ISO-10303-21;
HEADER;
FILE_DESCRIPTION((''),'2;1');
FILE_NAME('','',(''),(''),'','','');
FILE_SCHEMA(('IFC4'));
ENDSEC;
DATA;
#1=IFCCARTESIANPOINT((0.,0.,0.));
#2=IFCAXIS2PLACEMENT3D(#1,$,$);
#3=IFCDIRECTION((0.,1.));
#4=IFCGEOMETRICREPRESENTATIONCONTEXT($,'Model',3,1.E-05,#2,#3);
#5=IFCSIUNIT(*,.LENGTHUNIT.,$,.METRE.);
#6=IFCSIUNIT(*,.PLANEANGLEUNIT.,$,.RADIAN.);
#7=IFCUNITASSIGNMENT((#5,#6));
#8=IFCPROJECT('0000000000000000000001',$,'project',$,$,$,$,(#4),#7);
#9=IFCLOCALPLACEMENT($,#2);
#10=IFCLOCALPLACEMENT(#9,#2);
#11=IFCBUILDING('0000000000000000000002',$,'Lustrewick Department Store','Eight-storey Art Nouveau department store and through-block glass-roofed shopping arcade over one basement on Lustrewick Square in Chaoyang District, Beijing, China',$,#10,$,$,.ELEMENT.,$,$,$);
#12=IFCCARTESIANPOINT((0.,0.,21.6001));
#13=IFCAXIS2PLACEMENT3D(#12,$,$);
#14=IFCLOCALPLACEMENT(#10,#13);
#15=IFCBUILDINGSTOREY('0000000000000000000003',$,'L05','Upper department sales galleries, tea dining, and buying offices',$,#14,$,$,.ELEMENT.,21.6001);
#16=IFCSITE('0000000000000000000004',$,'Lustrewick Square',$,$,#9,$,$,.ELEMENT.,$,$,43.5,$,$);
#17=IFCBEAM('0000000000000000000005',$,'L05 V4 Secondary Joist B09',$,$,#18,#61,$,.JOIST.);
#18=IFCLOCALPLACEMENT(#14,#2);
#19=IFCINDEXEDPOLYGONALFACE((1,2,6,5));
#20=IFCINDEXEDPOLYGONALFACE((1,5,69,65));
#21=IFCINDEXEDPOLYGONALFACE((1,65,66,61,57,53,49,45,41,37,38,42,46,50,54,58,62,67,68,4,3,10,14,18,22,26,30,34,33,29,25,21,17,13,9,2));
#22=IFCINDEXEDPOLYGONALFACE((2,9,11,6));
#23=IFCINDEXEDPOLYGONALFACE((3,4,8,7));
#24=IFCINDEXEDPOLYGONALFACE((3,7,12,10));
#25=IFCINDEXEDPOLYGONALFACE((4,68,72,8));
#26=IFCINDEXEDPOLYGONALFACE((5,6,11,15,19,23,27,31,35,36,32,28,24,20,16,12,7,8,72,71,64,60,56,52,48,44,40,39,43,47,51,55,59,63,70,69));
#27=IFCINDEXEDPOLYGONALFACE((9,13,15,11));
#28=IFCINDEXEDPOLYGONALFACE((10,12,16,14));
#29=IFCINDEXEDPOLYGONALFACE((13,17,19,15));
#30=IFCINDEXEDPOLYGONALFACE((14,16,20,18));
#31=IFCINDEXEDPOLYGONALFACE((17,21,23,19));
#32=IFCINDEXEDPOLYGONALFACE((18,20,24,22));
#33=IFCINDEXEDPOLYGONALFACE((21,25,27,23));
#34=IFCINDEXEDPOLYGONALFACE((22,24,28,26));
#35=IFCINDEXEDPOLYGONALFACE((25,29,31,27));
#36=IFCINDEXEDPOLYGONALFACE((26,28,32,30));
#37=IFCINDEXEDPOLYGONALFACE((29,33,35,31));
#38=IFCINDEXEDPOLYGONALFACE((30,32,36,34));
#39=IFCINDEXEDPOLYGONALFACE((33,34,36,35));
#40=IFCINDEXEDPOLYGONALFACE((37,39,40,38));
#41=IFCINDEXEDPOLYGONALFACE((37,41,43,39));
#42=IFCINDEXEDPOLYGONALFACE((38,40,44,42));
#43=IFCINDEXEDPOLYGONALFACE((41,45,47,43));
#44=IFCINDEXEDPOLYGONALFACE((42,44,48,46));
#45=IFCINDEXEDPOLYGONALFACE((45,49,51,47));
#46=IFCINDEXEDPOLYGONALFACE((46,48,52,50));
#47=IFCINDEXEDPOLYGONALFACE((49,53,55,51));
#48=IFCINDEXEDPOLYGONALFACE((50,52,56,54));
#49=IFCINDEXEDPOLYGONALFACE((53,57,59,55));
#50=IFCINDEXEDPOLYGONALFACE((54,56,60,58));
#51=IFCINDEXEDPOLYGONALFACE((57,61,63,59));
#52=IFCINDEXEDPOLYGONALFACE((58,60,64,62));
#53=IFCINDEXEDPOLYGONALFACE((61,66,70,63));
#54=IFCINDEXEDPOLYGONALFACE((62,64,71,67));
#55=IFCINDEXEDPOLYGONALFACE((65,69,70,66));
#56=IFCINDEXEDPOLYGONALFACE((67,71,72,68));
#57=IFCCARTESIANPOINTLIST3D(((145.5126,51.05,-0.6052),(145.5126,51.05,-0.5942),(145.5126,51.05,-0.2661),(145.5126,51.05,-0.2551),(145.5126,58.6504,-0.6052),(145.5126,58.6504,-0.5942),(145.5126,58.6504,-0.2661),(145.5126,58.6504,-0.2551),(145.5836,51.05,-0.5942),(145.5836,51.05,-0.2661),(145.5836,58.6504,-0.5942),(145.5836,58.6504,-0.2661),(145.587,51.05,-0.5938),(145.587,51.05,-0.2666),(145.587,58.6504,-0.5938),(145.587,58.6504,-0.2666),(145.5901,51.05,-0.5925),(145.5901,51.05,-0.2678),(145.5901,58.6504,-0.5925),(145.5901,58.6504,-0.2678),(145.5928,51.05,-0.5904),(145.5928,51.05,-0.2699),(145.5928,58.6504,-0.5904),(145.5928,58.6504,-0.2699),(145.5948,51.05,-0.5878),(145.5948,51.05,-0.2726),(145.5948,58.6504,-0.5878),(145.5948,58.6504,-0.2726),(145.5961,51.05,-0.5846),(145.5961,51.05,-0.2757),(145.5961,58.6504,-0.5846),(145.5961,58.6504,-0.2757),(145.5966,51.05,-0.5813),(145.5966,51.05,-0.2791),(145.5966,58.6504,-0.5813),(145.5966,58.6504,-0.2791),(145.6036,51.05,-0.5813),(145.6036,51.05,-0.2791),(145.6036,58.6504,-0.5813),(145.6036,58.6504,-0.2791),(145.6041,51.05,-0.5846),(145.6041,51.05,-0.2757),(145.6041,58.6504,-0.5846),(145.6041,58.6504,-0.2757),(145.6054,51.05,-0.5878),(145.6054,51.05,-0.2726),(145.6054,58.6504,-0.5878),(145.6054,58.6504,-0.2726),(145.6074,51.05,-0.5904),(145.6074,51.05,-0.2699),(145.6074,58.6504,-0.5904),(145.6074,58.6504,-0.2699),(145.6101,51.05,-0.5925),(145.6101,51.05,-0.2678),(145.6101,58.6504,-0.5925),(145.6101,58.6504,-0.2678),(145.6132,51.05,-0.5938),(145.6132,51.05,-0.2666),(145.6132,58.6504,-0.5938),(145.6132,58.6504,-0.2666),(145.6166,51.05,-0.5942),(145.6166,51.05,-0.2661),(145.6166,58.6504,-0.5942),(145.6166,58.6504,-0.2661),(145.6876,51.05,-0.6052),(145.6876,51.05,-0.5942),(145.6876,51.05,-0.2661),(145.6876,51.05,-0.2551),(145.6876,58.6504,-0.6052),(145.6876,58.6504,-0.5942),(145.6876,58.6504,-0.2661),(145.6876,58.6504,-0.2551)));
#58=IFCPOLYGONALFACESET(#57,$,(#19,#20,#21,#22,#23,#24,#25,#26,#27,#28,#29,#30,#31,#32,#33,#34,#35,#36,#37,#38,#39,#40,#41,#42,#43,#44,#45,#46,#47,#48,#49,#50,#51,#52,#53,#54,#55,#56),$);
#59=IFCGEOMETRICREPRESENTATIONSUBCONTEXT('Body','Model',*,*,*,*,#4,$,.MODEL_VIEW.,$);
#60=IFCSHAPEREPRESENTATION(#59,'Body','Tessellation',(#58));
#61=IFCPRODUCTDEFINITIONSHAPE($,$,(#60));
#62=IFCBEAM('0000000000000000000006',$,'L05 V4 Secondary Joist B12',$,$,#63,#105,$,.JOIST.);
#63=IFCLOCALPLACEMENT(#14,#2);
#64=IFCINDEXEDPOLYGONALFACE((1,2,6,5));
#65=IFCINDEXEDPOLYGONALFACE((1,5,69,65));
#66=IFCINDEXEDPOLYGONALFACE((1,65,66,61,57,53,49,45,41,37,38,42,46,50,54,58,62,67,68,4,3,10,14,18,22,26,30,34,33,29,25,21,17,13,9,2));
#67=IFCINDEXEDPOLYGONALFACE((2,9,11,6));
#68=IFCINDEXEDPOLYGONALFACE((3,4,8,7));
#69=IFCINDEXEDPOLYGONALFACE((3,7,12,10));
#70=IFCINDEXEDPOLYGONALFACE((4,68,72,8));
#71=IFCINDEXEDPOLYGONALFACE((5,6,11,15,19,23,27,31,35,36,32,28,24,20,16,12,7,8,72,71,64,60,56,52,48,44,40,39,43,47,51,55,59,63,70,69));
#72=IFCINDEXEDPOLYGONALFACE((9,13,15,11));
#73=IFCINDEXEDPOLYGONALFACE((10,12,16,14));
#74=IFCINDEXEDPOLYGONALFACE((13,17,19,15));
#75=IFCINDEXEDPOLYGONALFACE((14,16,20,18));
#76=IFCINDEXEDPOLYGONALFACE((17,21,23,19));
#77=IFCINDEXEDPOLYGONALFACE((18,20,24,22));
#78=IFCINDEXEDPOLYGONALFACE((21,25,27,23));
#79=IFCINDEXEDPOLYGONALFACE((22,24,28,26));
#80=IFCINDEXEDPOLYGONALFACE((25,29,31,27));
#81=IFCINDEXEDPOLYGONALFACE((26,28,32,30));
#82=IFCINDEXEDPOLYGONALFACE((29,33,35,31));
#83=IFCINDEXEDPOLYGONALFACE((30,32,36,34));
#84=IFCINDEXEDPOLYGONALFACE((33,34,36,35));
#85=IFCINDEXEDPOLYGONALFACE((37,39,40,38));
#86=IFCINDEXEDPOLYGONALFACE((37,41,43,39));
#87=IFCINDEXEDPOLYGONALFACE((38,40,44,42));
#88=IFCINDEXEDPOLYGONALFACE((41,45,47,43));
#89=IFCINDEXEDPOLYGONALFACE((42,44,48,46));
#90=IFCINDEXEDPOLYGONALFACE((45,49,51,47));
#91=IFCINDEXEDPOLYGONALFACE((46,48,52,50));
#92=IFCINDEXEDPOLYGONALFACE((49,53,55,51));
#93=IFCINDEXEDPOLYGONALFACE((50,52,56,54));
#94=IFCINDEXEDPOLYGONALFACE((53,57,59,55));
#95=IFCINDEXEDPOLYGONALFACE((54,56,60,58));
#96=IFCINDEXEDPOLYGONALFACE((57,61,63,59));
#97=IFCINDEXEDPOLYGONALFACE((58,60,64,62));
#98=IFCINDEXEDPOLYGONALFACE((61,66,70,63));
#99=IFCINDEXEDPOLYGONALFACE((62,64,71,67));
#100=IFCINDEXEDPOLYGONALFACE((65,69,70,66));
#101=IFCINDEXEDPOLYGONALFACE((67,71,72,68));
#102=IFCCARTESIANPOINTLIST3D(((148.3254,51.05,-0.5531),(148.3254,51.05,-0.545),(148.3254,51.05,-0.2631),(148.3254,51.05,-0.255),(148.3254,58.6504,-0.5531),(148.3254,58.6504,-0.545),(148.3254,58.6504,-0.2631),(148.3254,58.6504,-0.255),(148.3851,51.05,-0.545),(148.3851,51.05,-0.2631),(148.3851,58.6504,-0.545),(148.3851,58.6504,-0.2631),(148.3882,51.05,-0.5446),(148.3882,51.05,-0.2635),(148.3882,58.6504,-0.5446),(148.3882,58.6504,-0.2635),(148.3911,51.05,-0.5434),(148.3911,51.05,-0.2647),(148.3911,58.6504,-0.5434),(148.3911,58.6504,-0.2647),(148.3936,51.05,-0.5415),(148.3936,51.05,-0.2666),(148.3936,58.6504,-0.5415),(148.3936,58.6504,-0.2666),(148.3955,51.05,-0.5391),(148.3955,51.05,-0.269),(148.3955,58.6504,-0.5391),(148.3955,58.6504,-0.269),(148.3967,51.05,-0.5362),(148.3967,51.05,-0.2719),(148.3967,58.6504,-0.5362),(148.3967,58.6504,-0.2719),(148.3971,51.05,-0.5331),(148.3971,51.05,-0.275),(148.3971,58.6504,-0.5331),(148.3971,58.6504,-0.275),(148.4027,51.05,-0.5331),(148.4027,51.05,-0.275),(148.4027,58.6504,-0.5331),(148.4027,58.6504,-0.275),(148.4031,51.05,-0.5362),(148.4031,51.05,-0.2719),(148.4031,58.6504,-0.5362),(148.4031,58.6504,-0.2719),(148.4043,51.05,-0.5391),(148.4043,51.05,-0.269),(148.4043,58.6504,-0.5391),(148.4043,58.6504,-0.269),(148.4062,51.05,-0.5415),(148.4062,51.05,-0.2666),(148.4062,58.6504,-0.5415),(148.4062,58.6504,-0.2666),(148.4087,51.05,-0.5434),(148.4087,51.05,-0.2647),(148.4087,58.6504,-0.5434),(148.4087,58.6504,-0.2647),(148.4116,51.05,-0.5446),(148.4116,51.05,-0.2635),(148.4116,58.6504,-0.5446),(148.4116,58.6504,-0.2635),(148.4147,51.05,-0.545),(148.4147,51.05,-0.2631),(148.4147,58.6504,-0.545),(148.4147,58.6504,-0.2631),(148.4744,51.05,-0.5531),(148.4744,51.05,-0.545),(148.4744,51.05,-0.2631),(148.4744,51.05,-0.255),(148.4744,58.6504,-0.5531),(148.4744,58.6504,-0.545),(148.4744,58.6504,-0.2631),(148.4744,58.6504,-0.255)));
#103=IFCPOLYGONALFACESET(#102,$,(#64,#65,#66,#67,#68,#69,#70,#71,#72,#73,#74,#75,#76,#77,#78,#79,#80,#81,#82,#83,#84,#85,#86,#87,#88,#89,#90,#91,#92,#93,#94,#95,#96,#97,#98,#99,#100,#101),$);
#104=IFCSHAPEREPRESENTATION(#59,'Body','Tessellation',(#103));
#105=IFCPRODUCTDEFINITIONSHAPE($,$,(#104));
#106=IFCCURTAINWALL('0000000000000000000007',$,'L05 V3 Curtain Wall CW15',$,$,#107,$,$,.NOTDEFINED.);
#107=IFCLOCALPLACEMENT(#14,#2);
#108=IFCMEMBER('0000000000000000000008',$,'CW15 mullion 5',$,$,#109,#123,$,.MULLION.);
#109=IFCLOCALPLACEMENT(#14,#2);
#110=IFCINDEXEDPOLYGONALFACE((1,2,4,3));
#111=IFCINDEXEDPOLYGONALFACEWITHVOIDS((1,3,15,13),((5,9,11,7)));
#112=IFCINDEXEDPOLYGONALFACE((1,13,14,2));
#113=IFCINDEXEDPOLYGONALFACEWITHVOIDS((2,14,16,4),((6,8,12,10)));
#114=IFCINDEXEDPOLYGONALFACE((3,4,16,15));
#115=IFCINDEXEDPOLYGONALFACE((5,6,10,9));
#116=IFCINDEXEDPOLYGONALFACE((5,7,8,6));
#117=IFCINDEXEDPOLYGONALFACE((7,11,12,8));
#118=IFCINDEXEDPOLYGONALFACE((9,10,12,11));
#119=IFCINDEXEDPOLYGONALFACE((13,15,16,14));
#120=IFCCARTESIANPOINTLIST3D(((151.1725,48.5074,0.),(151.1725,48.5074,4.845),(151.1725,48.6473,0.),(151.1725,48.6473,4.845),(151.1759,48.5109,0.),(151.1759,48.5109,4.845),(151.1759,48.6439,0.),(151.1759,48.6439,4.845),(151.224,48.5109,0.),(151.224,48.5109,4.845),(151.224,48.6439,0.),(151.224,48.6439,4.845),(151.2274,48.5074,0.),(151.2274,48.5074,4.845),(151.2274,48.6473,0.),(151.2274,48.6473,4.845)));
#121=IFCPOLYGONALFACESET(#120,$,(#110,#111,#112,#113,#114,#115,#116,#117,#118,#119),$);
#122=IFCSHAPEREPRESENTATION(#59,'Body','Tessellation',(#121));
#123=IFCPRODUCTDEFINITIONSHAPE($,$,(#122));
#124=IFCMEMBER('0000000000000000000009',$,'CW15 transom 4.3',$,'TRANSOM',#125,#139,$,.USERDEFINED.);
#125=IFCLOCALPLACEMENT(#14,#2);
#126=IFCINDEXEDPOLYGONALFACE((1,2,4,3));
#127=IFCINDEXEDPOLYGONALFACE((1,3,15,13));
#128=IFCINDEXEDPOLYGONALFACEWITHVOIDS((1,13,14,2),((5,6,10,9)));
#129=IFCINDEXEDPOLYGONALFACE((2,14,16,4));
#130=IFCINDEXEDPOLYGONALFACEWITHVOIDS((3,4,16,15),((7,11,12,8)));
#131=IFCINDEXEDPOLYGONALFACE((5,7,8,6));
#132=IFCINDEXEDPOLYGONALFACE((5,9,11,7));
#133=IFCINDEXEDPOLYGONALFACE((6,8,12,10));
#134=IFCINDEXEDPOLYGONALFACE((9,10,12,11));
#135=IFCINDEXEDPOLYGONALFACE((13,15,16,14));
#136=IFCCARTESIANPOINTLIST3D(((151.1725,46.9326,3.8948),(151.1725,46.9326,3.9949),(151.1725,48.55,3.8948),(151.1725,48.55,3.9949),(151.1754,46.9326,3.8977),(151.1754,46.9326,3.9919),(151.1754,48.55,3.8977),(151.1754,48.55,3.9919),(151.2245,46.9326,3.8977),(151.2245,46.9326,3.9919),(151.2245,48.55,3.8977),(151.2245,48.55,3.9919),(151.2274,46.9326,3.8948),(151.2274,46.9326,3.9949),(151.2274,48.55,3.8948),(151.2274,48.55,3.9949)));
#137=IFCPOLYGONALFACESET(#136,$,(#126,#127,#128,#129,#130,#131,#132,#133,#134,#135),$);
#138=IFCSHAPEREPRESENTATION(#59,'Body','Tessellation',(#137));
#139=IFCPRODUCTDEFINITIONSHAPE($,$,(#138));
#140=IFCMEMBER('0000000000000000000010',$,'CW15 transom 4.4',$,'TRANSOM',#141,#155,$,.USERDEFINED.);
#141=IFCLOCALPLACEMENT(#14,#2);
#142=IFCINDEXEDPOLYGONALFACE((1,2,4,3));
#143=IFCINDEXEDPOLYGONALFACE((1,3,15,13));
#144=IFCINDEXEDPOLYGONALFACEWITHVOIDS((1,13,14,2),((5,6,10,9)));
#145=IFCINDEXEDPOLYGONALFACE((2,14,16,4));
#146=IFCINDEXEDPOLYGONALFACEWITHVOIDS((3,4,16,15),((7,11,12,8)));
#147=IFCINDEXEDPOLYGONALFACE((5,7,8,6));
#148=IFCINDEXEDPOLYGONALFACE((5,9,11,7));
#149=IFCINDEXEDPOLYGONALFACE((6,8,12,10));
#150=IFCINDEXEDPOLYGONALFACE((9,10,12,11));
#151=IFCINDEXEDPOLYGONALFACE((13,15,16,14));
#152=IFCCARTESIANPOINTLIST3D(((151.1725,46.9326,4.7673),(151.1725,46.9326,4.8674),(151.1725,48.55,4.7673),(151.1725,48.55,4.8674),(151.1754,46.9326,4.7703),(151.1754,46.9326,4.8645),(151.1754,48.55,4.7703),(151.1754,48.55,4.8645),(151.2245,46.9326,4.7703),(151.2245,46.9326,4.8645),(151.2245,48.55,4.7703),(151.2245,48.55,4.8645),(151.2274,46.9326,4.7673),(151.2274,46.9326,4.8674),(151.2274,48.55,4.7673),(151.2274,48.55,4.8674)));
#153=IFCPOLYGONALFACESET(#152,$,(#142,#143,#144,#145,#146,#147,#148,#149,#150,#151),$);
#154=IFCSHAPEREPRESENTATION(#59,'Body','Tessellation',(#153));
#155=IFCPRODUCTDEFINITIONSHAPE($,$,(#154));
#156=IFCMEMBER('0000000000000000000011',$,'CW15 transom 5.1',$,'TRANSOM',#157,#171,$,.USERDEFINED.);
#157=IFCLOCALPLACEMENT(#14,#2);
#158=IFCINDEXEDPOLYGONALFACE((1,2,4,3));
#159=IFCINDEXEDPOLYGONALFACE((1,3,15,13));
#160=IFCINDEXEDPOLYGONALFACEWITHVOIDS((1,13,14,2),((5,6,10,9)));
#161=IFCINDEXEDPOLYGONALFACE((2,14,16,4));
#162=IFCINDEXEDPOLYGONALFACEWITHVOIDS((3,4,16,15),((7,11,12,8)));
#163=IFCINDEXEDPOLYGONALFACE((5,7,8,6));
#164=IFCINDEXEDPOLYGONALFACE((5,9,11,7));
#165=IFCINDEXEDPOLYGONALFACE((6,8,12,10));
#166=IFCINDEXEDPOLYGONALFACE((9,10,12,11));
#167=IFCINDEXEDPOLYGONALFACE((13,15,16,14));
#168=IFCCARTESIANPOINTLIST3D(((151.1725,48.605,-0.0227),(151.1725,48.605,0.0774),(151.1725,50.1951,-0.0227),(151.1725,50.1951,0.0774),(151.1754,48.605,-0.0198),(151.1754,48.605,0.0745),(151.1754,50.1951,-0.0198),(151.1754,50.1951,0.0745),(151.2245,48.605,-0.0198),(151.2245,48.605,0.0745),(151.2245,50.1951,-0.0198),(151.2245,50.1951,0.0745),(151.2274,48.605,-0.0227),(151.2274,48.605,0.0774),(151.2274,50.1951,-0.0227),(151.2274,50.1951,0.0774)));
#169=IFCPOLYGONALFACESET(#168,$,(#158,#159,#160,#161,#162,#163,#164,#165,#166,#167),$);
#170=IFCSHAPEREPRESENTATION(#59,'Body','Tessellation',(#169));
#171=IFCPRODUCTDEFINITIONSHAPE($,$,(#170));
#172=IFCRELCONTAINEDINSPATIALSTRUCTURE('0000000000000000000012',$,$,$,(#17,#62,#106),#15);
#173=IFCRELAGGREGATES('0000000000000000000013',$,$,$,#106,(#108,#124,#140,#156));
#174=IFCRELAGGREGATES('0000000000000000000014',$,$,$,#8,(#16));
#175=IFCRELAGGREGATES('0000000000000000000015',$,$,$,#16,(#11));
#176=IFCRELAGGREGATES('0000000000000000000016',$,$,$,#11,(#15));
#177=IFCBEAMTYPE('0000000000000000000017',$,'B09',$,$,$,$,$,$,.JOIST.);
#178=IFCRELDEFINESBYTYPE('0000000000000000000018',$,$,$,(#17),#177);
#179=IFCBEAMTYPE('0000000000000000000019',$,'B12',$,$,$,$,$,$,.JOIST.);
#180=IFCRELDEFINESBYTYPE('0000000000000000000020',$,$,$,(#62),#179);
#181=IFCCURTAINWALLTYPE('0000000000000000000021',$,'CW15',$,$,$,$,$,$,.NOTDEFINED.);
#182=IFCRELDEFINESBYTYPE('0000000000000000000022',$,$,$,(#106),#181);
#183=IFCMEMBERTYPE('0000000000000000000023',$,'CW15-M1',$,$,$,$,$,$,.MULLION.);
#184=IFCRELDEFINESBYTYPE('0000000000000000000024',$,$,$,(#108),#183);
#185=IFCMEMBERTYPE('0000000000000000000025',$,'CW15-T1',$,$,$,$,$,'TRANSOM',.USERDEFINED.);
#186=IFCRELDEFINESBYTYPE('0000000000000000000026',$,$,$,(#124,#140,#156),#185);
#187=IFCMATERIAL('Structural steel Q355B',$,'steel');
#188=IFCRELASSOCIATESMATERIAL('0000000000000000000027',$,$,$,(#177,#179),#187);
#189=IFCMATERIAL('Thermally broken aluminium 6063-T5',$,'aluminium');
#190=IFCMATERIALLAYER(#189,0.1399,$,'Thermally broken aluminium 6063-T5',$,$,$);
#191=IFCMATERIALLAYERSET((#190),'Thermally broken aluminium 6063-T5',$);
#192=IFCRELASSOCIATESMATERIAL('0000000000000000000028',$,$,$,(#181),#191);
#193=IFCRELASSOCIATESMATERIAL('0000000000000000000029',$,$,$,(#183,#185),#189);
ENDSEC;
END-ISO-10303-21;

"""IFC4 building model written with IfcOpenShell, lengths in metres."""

from ifc_helpers import new_model, si_unit, direction, frame, origin, origin_2d, place, context, subcontext, project, spatial, hollow_rectangle, i_section, extrude, material, layer, layer_set, material_profile, profile_set, type_object, element, aggregate, save


model = new_model("IFC4")

# Units and contexts
model_context = context("Model", 3, precision=1e-05, world=origin(), true_north=direction((0.0, 1.0)))
body_context = subcontext(model_context, "Body", "Model", "MODEL_VIEW")
ifc_project = project(units=[si_unit("LENGTHUNIT", "METRE"), si_unit("PLANEANGLEUNIT", "RADIAN")], contexts=[model_context])

# Site, building, storey
site_placement = place(None, origin())
site = spatial("IfcSite", under=ifc_project, at=site_placement, Name="Lustrewick Square", CompositionType="ELEMENT", RefElevation=43.5)
building_placement = place(site_placement, origin())
building = spatial("IfcBuilding", under=site, at=building_placement, Name="Lustrewick Department Store", Description="Eight-storey Art Nouveau department store and through-block glass-roofed shopping arcade over one basement on Lustrewick Square in Chaoyang District, Beijing, China", CompositionType="ELEMENT")
storey_placement = place(building_placement, frame((0.0, 0.0, 21.6001)))
storey = spatial("IfcBuildingStorey", under=building, at=storey_placement, Name="L05", Description="Upper department sales galleries, tea dining, and buying offices", CompositionType="ELEMENT", Elevation=21.6001)

# Shared definitions
ifc_material_1 = material(Name="Structural steel Q355B", Category="steel")

# Beams
ifc_material_profile_1 = material_profile(ifc_material_1, i_section(OverallWidth=0.175, OverallDepth=0.3501, WebThickness=0.0071, FlangeThickness=0.011, FilletRadius=0.0129, at=origin_2d()), Name="HN 350x175x7x11")
ifc_profile_set_1 = profile_set([ifc_material_profile_1], Name="Structural steel Q355B")
beam_type_1 = type_object("IfcBeamType", Name="B09", PredefinedType="JOIST", material=ifc_profile_set_1)
beam_1_placement = place(storey_placement, frame((145.6001, 51.05, -0.4302), z_axis=(0.0, 1.0, 0.0), x_axis=(-1.0, 0.0, 0.0)))
element("IfcBeam", 1, at=beam_1_placement, inside=storey, type_object=beam_type_1, Name="L05 V4 Secondary Joist B09", PredefinedType="JOIST", context=body_context, shape_type="SweptSolid", body=[
    extrude(i_section(OverallWidth=0.175, OverallDepth=0.3501, WebThickness=0.0071, FlangeThickness=0.011, FilletRadius=0.0129, at=origin_2d()), origin(), (0.0, 0.0, 1.0), 7.6003),
])
ifc_material_profile_2 = material_profile(ifc_material_1, i_section(OverallWidth=0.1489, OverallDepth=0.2981, WebThickness=0.0056, FlangeThickness=0.0081, FilletRadius=0.012, at=origin_2d()), Name="HN 298x149x5.5x8")
ifc_profile_set_2 = profile_set([ifc_material_profile_2], Name="Structural steel Q355B")
beam_type_2 = type_object("IfcBeamType", Name="B12", PredefinedType="JOIST", material=ifc_profile_set_2)
beam_2_placement = place(storey_placement, frame((148.3999, 51.05, -0.4041), z_axis=(0.0, 1.0, 0.0), x_axis=(-1.0, 0.0, 0.0)))
element("IfcBeam", 2, at=beam_2_placement, inside=storey, type_object=beam_type_2, Name="L05 V4 Secondary Joist B12", PredefinedType="JOIST", context=body_context, shape_type="SweptSolid", body=[
    extrude(i_section(OverallWidth=0.1489, OverallDepth=0.2981, WebThickness=0.0056, FlangeThickness=0.0081, FilletRadius=0.012, at=origin_2d()), origin(), (0.0, 0.0, 1.0), 7.6003),
])

# Curtain wall, members
ifc_material_2 = material(Name="Thermally broken aluminium 6063-T5", Category="aluminium")
ifc_layer_1 = layer(ifc_material_2, 0.1399, Name="Thermally broken aluminium 6063-T5")
ifc_layer_set_1 = layer_set([ifc_layer_1], Name="Thermally broken aluminium 6063-T5")
curtain_wall_type = type_object("IfcCurtainWallType", Name="CW15", PredefinedType="NOTDEFINED", material=ifc_layer_set_1)
curtain_wall_placement = place(storey_placement, origin())
curtain_wall = element("IfcCurtainWall", 3, at=curtain_wall_placement, inside=storey, type_object=curtain_wall_type, Name="L05 V3 Curtain Wall CW15", PredefinedType="NOTDEFINED")
ifc_material_profile_3 = material_profile(ifc_material_2, hollow_rectangle(XDim=0.0549, YDim=0.1399, WallThickness=0.0034, at=origin_2d()), Name="ALU-M 55x140x3.5")
ifc_profile_set_3 = profile_set([ifc_material_profile_3], Name="Thermally broken aluminium 6063-T5")
member_type_1 = type_object("IfcMemberType", Name="CW15-M1", PredefinedType="MULLION", material=ifc_profile_set_3)
member_1_placement = place(storey_placement, frame((151.2, 48.5774, 0.0), z_axis=(0.0, 0.0, 1.0), x_axis=(-1.0, 0.0, 0.0)))
member_1 = element("IfcMember", 4, at=member_1_placement, type_object=member_type_1, Name="CW15 mullion 5", PredefinedType="MULLION", context=body_context, shape_type="SweptSolid", body=[
    extrude(hollow_rectangle(XDim=0.0549, YDim=0.1399, WallThickness=0.0034, at=origin_2d()), origin(), (0.0, 0.0, 1.0), 4.845),
])
ifc_material_profile_4 = material_profile(ifc_material_2, hollow_rectangle(XDim=0.0549, YDim=0.1001, WallThickness=0.0029, at=origin_2d()), Name="ALU-T 55x100x3")
ifc_profile_set_4 = profile_set([ifc_material_profile_4], Name="Thermally broken aluminium 6063-T5")
member_type_2 = type_object("IfcMemberType", Name="CW15-T1", ElementType="TRANSOM", PredefinedType="USERDEFINED", material=ifc_profile_set_4)
member_2_placement = place(storey_placement, frame((151.2, 46.9326, 3.9448), z_axis=(0.0, 1.0, 0.0), x_axis=(-1.0, 0.0, 0.0)))
member_2 = element("IfcMember", 5, at=member_2_placement, type_object=member_type_2, Name="CW15 transom 4.3", ObjectType="TRANSOM", PredefinedType="USERDEFINED", context=body_context, shape_type="SweptSolid", body=[
    extrude(hollow_rectangle(XDim=0.0549, YDim=0.1001, WallThickness=0.0029, at=origin_2d()), origin(), (0.0, 0.0, 1.0), 1.6174),
])
member_3_placement = place(storey_placement, frame((151.2, 46.9326, 4.8174), z_axis=(0.0, 1.0, 0.0), x_axis=(-1.0, 0.0, 0.0)))
member_3 = element("IfcMember", 6, at=member_3_placement, type_object=member_type_2, Name="CW15 transom 4.4", ObjectType="TRANSOM", PredefinedType="USERDEFINED", context=body_context, shape_type="SweptSolid", body=[
    extrude(hollow_rectangle(XDim=0.0549, YDim=0.1001, WallThickness=0.0029, at=origin_2d()), origin(), (0.0, 0.0, 1.0), 1.6174),
])
member_4_placement = place(storey_placement, frame((151.2, 48.605, 0.0273), z_axis=(0.0, 1.0, 0.0), x_axis=(-1.0, 0.0, 0.0)))
member_4 = element("IfcMember", 7, at=member_4_placement, type_object=member_type_2, Name="CW15 transom 5.1", ObjectType="TRANSOM", PredefinedType="USERDEFINED", context=body_context, shape_type="SweptSolid", body=[
    extrude(hollow_rectangle(XDim=0.0549, YDim=0.1001, WallThickness=0.0029, at=origin_2d()), origin(), (0.0, 0.0, 1.0), 1.5901),
])

aggregate(curtain_wall, [member_1, member_2, member_3, member_4])

save(model, "model.ifc")
